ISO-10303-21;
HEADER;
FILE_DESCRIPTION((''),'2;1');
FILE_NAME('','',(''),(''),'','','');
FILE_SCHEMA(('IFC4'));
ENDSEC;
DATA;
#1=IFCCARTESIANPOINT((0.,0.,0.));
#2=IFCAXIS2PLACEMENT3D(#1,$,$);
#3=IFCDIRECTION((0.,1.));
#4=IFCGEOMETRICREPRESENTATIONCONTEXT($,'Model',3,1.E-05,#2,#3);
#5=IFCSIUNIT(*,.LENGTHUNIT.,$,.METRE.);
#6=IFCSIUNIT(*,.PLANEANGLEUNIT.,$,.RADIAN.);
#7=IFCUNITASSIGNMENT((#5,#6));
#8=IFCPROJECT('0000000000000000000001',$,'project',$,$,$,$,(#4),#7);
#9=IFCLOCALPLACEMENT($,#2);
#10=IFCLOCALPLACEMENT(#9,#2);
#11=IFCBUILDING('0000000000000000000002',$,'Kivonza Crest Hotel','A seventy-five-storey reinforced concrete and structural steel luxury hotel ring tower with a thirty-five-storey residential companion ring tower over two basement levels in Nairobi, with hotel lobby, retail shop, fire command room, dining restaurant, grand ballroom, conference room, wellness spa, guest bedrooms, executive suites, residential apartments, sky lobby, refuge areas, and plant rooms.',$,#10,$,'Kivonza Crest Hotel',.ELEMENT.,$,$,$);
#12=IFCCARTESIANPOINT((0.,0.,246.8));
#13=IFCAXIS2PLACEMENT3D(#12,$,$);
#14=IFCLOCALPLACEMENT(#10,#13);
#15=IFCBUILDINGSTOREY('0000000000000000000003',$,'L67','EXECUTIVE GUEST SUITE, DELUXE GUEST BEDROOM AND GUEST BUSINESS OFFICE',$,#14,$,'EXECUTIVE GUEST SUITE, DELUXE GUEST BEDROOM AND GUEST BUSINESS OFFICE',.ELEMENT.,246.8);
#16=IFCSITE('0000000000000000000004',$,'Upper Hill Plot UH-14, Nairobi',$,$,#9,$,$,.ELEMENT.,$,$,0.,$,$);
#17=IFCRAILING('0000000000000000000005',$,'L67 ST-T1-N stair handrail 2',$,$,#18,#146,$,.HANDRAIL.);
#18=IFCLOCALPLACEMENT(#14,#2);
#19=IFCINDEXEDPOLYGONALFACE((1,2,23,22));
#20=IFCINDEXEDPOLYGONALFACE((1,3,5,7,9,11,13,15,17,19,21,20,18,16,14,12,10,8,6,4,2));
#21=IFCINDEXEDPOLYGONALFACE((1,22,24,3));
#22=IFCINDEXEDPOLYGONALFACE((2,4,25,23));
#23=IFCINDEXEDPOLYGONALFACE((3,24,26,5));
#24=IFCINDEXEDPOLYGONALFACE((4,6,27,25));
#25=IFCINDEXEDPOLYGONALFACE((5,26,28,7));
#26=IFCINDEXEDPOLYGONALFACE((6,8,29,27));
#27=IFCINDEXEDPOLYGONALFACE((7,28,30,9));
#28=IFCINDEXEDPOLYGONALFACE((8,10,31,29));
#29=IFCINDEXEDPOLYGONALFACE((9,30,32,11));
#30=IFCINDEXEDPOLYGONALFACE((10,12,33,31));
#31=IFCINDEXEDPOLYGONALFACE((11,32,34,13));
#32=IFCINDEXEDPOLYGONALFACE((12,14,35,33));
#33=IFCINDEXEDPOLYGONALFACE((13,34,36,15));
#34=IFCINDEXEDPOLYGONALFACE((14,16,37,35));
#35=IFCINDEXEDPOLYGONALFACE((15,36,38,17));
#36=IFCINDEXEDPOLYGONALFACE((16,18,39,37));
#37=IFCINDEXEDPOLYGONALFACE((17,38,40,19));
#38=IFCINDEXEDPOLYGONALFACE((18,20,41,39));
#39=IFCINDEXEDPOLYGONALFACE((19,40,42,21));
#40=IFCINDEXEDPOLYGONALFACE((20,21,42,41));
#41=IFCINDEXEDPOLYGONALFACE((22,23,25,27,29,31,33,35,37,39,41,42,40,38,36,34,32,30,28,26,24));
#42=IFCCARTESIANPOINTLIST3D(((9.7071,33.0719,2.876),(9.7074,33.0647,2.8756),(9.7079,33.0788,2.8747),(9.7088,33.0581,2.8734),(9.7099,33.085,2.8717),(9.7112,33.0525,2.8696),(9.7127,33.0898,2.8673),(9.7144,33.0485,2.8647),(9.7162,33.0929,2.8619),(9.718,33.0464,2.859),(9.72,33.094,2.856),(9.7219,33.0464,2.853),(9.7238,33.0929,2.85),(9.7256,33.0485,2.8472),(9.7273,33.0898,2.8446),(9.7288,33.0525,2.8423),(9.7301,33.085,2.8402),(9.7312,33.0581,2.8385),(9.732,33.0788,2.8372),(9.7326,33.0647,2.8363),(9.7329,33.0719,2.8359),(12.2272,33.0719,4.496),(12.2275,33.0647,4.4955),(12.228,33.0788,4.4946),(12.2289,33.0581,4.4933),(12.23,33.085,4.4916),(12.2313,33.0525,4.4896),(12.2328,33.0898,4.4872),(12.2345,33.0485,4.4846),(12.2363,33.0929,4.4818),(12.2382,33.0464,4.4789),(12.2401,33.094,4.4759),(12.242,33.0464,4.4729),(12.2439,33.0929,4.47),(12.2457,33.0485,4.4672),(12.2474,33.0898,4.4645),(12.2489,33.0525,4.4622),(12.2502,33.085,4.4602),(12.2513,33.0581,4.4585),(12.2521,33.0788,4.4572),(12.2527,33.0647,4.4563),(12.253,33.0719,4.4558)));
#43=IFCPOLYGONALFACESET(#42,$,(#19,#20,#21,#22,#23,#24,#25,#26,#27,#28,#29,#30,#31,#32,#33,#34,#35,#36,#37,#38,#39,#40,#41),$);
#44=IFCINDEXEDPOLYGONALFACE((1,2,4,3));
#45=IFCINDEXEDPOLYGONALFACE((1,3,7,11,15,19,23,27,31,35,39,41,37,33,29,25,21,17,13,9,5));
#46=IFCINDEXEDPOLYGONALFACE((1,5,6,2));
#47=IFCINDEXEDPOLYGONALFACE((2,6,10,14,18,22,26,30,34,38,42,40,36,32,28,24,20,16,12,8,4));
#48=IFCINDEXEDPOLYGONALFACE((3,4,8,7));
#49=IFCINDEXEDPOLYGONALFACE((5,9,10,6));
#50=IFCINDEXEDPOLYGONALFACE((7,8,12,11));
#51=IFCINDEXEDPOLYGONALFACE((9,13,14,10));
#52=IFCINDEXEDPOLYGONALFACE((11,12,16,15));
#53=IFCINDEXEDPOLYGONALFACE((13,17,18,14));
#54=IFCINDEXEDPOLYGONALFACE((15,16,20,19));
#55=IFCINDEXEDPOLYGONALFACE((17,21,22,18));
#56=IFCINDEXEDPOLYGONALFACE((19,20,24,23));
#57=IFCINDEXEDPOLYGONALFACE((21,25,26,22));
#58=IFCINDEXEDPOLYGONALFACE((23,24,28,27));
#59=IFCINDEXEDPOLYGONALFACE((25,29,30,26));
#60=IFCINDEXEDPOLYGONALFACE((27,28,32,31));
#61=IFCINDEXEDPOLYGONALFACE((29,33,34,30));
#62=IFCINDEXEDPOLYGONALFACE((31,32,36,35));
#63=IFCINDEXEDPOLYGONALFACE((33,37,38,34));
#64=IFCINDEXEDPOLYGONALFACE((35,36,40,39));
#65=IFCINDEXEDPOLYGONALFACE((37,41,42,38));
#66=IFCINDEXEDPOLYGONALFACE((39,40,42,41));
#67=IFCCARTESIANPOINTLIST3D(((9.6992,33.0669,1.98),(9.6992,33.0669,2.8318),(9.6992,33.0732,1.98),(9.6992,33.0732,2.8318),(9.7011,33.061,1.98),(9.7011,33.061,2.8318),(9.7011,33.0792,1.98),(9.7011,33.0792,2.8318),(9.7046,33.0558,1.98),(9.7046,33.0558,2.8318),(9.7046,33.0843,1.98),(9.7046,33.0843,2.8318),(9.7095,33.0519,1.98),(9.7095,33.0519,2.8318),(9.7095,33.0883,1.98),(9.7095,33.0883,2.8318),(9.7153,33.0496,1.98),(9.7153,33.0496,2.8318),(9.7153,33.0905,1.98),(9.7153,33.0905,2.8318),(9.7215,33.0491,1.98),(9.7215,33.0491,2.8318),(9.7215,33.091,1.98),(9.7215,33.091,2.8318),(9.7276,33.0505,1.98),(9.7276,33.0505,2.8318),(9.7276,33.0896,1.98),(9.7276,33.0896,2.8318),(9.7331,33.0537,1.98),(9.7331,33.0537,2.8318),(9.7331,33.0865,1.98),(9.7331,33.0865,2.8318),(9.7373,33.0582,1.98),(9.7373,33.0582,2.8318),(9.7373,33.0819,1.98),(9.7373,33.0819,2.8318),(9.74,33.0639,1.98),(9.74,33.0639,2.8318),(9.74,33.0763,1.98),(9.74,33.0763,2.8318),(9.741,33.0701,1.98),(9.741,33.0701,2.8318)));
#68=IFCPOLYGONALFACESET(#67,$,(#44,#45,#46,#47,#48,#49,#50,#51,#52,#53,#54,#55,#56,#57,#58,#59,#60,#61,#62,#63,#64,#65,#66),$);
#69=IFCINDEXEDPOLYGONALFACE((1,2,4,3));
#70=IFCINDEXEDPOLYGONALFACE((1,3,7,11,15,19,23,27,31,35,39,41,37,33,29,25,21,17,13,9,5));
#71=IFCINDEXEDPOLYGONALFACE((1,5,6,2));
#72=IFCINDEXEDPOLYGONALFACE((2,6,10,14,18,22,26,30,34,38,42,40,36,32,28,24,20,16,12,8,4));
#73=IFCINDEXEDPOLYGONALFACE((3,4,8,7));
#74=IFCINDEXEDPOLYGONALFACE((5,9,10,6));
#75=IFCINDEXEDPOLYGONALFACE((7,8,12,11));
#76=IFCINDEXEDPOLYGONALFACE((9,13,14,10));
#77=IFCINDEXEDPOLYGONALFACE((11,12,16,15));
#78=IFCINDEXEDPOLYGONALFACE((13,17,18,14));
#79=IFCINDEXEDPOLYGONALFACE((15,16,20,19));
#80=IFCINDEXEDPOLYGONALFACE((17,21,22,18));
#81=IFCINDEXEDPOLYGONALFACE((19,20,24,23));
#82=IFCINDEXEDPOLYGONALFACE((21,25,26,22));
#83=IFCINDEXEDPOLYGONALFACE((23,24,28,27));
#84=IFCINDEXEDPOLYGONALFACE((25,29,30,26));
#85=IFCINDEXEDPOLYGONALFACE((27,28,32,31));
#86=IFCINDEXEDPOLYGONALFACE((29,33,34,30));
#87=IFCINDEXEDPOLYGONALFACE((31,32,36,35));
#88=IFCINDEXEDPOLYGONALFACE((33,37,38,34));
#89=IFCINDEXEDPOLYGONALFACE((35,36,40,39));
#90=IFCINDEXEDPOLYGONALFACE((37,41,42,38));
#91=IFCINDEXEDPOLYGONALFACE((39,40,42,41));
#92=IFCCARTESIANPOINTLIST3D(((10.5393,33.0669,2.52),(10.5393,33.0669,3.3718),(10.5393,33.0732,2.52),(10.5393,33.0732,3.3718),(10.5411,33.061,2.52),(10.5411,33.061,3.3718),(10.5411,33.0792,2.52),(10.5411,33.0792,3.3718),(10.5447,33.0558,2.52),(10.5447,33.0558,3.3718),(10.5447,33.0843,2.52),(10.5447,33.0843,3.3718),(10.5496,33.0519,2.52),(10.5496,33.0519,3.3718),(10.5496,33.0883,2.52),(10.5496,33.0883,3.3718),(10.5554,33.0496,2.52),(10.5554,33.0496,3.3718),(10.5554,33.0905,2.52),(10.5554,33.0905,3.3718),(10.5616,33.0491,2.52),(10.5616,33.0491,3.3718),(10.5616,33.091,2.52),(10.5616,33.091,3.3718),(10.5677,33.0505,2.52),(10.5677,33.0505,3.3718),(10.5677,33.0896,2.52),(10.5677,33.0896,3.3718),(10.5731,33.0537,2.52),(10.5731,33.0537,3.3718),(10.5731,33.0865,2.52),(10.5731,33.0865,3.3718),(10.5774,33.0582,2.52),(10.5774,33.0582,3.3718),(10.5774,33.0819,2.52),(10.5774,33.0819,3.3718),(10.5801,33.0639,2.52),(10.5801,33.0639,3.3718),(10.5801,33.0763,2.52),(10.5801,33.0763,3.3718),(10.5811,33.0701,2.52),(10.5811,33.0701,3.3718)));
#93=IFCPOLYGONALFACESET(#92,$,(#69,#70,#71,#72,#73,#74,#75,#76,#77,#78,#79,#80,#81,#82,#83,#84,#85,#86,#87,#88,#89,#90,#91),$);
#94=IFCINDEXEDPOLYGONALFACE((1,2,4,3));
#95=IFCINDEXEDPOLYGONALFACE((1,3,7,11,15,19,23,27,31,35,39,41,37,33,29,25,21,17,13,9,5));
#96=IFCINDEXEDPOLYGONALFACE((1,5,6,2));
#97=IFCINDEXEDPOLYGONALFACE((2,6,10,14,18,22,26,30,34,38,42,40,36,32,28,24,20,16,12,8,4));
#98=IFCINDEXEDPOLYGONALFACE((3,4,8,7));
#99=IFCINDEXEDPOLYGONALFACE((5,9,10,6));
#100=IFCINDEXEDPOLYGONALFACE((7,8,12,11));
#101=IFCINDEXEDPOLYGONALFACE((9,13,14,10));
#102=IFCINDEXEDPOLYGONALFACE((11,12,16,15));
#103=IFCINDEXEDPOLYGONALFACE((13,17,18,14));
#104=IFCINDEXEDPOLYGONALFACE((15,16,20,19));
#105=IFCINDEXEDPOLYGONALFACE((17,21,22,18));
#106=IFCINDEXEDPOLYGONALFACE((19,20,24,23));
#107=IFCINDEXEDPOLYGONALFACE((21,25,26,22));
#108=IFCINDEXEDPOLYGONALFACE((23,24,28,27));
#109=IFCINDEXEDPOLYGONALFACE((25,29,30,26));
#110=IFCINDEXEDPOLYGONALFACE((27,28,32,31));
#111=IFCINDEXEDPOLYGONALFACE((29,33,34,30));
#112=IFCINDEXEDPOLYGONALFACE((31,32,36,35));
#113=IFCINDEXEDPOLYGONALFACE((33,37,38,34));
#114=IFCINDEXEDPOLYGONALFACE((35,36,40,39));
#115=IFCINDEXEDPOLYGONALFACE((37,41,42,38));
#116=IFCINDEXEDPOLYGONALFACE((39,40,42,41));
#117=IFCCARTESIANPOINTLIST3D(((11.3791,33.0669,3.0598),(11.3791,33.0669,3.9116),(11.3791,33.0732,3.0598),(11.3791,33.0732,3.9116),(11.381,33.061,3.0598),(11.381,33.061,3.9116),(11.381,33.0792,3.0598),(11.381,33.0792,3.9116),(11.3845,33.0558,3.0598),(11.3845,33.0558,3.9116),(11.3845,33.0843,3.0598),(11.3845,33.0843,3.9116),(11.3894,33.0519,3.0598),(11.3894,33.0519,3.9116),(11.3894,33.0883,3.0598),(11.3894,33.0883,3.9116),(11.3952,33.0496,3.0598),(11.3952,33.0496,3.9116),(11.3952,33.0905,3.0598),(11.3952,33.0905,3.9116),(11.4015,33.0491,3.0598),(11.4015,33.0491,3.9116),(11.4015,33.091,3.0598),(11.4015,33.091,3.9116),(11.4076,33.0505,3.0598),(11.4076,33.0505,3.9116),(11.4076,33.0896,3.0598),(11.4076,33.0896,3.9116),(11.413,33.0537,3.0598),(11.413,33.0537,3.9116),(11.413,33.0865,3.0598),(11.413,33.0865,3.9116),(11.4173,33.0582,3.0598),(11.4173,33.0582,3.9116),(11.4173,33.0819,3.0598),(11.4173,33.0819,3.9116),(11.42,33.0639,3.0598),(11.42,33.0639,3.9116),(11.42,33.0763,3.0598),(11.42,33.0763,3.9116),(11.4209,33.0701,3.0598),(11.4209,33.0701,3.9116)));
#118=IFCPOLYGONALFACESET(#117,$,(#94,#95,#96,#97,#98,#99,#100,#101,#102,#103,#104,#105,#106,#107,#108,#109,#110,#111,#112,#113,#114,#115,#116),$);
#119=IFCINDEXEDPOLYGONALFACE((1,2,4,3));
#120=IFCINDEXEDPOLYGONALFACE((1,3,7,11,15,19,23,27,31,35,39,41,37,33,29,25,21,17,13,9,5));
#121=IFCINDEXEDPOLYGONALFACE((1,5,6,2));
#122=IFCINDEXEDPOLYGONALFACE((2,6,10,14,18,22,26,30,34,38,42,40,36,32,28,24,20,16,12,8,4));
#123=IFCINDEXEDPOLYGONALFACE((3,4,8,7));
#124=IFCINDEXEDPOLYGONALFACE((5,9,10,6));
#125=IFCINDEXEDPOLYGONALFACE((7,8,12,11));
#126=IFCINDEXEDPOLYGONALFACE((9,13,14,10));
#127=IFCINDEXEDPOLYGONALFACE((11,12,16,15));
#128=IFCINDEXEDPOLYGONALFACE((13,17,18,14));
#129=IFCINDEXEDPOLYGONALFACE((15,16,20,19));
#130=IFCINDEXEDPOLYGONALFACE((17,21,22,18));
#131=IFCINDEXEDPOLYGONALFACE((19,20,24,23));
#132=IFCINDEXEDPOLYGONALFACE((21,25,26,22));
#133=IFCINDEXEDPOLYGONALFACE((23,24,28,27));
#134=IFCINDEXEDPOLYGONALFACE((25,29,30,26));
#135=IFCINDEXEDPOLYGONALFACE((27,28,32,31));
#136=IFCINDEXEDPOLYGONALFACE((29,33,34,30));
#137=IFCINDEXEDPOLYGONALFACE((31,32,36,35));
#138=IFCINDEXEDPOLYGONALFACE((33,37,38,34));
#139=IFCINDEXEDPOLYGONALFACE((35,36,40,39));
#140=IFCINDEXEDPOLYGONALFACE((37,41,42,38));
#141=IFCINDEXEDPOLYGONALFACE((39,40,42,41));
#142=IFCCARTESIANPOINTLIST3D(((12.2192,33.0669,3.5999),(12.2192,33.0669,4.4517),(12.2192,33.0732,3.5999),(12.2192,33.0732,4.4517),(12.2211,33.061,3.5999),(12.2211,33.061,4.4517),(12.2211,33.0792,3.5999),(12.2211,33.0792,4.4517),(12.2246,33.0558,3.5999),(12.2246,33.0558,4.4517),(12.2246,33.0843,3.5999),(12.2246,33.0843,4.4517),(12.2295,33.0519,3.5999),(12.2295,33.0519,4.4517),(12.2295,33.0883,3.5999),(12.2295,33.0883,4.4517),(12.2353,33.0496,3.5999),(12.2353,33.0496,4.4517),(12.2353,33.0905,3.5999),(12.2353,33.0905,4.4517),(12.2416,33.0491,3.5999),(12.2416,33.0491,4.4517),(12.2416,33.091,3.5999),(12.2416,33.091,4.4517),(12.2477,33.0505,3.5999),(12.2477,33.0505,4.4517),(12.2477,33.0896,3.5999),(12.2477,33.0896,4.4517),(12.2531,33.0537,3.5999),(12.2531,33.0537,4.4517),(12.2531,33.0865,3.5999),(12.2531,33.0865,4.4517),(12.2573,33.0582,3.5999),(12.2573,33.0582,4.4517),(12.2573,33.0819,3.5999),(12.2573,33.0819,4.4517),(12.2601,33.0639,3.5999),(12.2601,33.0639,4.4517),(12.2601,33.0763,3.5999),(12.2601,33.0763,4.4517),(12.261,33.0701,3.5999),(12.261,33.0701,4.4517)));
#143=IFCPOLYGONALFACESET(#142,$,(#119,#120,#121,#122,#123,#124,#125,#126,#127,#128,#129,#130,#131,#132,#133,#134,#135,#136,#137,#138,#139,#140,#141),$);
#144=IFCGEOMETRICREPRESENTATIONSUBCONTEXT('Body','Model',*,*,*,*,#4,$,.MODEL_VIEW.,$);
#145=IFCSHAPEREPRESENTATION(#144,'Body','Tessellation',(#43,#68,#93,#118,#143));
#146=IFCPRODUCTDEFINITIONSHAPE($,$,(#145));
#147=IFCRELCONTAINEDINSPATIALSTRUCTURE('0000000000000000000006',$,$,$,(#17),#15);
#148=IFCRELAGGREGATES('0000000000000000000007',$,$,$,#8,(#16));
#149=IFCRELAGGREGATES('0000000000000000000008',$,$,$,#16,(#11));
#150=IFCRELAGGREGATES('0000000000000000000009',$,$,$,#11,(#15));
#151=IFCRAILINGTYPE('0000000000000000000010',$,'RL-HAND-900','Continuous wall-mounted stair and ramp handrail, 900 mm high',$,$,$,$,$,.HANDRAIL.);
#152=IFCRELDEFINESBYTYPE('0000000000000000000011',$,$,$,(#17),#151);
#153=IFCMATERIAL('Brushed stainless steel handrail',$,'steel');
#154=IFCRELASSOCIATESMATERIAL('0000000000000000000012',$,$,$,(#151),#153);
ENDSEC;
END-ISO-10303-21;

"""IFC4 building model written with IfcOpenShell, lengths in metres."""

from ifc_helpers import new_model, si_unit, direction, frame, origin, origin_2d, place, context, subcontext, project, spatial, circle, extrude, material, type_object, element, save


model = new_model("IFC4")

# Units and contexts
model_context = context("Model", 3, precision=1e-05, world=origin(), true_north=direction((0.0, 1.0)))
body_context = subcontext(model_context, "Body", "Model", "MODEL_VIEW")
ifc_project = project(units=[si_unit("LENGTHUNIT", "METRE"), si_unit("PLANEANGLEUNIT", "RADIAN")], contexts=[model_context])

# Site, building, storey
site_placement = place(None, origin())
site = spatial("IfcSite", under=ifc_project, at=site_placement, Name="Upper Hill Plot UH-14, Nairobi", CompositionType="ELEMENT", RefElevation=0.0)
building_placement = place(site_placement, origin())
building = spatial("IfcBuilding", under=site, at=building_placement, Name="Kivonza Crest Hotel", Description="A seventy-five-storey reinforced concrete and structural steel luxury hotel ring tower with a thirty-five-storey residential companion ring tower over two basement levels in Nairobi, with hotel lobby, retail shop, fire command room, dining restaurant, grand ballroom, conference room, wellness spa, guest bedrooms, executive suites, residential apartments, sky lobby, refuge areas, and plant rooms.", LongName="Kivonza Crest Hotel", CompositionType="ELEMENT")
storey_placement = place(building_placement, frame((0.0, 0.0, 246.8)))
storey = spatial("IfcBuildingStorey", under=building, at=storey_placement, Name="L67", Description="EXECUTIVE GUEST SUITE, DELUXE GUEST BEDROOM AND GUEST BUSINESS OFFICE", LongName="EXECUTIVE GUEST SUITE, DELUXE GUEST BEDROOM AND GUEST BUSINESS OFFICE", CompositionType="ELEMENT", Elevation=246.8)

# Railing
ifc_material_1 = material(Name="Brushed stainless steel handrail", Category="steel")
railing_type_1 = type_object("IfcRailingType", Name="RL-HAND-900", Description="Continuous wall-mounted stair and ramp handrail, 900 mm high", PredefinedType="HANDRAIL", material=ifc_material_1)
railing_1_placement = place(storey_placement, frame((9.72, 33.0701, 1.98)))
element("IfcRailing", 1, at=railing_1_placement, inside=storey, type_object=railing_type_1, Name="L67 ST-T1-N stair handrail 2", PredefinedType="HANDRAIL", context=body_context, shape_type="SweptSolid", body=[
    extrude(circle(Radius=0.0239, at=origin_2d()), frame((0.0, 0.0, 0.876), z_axis=(0.8412, 0.0, 0.540725), x_axis=(0.0, 1.0, 0.0)), (0.0, 0.0, 1.0), 2.9958),
    extrude(circle(Radius=0.021, at=origin_2d()), origin(), (0.0, 0.0, 1.0), 0.8518),
    extrude(circle(Radius=0.021, at=origin_2d()), frame((0.8401, 0.0, 0.54)), (0.0, 0.0, 1.0), 0.8518),
    extrude(circle(Radius=0.021, at=origin_2d()), frame((1.6799, 0.0, 1.0798)), (0.0, 0.0, 1.0), 0.8518),
    extrude(circle(Radius=0.021, at=origin_2d()), frame((2.52, 0.0, 1.6199)), (0.0, 0.0, 1.0), 0.8518),
])

save(model, "model.ifc")
